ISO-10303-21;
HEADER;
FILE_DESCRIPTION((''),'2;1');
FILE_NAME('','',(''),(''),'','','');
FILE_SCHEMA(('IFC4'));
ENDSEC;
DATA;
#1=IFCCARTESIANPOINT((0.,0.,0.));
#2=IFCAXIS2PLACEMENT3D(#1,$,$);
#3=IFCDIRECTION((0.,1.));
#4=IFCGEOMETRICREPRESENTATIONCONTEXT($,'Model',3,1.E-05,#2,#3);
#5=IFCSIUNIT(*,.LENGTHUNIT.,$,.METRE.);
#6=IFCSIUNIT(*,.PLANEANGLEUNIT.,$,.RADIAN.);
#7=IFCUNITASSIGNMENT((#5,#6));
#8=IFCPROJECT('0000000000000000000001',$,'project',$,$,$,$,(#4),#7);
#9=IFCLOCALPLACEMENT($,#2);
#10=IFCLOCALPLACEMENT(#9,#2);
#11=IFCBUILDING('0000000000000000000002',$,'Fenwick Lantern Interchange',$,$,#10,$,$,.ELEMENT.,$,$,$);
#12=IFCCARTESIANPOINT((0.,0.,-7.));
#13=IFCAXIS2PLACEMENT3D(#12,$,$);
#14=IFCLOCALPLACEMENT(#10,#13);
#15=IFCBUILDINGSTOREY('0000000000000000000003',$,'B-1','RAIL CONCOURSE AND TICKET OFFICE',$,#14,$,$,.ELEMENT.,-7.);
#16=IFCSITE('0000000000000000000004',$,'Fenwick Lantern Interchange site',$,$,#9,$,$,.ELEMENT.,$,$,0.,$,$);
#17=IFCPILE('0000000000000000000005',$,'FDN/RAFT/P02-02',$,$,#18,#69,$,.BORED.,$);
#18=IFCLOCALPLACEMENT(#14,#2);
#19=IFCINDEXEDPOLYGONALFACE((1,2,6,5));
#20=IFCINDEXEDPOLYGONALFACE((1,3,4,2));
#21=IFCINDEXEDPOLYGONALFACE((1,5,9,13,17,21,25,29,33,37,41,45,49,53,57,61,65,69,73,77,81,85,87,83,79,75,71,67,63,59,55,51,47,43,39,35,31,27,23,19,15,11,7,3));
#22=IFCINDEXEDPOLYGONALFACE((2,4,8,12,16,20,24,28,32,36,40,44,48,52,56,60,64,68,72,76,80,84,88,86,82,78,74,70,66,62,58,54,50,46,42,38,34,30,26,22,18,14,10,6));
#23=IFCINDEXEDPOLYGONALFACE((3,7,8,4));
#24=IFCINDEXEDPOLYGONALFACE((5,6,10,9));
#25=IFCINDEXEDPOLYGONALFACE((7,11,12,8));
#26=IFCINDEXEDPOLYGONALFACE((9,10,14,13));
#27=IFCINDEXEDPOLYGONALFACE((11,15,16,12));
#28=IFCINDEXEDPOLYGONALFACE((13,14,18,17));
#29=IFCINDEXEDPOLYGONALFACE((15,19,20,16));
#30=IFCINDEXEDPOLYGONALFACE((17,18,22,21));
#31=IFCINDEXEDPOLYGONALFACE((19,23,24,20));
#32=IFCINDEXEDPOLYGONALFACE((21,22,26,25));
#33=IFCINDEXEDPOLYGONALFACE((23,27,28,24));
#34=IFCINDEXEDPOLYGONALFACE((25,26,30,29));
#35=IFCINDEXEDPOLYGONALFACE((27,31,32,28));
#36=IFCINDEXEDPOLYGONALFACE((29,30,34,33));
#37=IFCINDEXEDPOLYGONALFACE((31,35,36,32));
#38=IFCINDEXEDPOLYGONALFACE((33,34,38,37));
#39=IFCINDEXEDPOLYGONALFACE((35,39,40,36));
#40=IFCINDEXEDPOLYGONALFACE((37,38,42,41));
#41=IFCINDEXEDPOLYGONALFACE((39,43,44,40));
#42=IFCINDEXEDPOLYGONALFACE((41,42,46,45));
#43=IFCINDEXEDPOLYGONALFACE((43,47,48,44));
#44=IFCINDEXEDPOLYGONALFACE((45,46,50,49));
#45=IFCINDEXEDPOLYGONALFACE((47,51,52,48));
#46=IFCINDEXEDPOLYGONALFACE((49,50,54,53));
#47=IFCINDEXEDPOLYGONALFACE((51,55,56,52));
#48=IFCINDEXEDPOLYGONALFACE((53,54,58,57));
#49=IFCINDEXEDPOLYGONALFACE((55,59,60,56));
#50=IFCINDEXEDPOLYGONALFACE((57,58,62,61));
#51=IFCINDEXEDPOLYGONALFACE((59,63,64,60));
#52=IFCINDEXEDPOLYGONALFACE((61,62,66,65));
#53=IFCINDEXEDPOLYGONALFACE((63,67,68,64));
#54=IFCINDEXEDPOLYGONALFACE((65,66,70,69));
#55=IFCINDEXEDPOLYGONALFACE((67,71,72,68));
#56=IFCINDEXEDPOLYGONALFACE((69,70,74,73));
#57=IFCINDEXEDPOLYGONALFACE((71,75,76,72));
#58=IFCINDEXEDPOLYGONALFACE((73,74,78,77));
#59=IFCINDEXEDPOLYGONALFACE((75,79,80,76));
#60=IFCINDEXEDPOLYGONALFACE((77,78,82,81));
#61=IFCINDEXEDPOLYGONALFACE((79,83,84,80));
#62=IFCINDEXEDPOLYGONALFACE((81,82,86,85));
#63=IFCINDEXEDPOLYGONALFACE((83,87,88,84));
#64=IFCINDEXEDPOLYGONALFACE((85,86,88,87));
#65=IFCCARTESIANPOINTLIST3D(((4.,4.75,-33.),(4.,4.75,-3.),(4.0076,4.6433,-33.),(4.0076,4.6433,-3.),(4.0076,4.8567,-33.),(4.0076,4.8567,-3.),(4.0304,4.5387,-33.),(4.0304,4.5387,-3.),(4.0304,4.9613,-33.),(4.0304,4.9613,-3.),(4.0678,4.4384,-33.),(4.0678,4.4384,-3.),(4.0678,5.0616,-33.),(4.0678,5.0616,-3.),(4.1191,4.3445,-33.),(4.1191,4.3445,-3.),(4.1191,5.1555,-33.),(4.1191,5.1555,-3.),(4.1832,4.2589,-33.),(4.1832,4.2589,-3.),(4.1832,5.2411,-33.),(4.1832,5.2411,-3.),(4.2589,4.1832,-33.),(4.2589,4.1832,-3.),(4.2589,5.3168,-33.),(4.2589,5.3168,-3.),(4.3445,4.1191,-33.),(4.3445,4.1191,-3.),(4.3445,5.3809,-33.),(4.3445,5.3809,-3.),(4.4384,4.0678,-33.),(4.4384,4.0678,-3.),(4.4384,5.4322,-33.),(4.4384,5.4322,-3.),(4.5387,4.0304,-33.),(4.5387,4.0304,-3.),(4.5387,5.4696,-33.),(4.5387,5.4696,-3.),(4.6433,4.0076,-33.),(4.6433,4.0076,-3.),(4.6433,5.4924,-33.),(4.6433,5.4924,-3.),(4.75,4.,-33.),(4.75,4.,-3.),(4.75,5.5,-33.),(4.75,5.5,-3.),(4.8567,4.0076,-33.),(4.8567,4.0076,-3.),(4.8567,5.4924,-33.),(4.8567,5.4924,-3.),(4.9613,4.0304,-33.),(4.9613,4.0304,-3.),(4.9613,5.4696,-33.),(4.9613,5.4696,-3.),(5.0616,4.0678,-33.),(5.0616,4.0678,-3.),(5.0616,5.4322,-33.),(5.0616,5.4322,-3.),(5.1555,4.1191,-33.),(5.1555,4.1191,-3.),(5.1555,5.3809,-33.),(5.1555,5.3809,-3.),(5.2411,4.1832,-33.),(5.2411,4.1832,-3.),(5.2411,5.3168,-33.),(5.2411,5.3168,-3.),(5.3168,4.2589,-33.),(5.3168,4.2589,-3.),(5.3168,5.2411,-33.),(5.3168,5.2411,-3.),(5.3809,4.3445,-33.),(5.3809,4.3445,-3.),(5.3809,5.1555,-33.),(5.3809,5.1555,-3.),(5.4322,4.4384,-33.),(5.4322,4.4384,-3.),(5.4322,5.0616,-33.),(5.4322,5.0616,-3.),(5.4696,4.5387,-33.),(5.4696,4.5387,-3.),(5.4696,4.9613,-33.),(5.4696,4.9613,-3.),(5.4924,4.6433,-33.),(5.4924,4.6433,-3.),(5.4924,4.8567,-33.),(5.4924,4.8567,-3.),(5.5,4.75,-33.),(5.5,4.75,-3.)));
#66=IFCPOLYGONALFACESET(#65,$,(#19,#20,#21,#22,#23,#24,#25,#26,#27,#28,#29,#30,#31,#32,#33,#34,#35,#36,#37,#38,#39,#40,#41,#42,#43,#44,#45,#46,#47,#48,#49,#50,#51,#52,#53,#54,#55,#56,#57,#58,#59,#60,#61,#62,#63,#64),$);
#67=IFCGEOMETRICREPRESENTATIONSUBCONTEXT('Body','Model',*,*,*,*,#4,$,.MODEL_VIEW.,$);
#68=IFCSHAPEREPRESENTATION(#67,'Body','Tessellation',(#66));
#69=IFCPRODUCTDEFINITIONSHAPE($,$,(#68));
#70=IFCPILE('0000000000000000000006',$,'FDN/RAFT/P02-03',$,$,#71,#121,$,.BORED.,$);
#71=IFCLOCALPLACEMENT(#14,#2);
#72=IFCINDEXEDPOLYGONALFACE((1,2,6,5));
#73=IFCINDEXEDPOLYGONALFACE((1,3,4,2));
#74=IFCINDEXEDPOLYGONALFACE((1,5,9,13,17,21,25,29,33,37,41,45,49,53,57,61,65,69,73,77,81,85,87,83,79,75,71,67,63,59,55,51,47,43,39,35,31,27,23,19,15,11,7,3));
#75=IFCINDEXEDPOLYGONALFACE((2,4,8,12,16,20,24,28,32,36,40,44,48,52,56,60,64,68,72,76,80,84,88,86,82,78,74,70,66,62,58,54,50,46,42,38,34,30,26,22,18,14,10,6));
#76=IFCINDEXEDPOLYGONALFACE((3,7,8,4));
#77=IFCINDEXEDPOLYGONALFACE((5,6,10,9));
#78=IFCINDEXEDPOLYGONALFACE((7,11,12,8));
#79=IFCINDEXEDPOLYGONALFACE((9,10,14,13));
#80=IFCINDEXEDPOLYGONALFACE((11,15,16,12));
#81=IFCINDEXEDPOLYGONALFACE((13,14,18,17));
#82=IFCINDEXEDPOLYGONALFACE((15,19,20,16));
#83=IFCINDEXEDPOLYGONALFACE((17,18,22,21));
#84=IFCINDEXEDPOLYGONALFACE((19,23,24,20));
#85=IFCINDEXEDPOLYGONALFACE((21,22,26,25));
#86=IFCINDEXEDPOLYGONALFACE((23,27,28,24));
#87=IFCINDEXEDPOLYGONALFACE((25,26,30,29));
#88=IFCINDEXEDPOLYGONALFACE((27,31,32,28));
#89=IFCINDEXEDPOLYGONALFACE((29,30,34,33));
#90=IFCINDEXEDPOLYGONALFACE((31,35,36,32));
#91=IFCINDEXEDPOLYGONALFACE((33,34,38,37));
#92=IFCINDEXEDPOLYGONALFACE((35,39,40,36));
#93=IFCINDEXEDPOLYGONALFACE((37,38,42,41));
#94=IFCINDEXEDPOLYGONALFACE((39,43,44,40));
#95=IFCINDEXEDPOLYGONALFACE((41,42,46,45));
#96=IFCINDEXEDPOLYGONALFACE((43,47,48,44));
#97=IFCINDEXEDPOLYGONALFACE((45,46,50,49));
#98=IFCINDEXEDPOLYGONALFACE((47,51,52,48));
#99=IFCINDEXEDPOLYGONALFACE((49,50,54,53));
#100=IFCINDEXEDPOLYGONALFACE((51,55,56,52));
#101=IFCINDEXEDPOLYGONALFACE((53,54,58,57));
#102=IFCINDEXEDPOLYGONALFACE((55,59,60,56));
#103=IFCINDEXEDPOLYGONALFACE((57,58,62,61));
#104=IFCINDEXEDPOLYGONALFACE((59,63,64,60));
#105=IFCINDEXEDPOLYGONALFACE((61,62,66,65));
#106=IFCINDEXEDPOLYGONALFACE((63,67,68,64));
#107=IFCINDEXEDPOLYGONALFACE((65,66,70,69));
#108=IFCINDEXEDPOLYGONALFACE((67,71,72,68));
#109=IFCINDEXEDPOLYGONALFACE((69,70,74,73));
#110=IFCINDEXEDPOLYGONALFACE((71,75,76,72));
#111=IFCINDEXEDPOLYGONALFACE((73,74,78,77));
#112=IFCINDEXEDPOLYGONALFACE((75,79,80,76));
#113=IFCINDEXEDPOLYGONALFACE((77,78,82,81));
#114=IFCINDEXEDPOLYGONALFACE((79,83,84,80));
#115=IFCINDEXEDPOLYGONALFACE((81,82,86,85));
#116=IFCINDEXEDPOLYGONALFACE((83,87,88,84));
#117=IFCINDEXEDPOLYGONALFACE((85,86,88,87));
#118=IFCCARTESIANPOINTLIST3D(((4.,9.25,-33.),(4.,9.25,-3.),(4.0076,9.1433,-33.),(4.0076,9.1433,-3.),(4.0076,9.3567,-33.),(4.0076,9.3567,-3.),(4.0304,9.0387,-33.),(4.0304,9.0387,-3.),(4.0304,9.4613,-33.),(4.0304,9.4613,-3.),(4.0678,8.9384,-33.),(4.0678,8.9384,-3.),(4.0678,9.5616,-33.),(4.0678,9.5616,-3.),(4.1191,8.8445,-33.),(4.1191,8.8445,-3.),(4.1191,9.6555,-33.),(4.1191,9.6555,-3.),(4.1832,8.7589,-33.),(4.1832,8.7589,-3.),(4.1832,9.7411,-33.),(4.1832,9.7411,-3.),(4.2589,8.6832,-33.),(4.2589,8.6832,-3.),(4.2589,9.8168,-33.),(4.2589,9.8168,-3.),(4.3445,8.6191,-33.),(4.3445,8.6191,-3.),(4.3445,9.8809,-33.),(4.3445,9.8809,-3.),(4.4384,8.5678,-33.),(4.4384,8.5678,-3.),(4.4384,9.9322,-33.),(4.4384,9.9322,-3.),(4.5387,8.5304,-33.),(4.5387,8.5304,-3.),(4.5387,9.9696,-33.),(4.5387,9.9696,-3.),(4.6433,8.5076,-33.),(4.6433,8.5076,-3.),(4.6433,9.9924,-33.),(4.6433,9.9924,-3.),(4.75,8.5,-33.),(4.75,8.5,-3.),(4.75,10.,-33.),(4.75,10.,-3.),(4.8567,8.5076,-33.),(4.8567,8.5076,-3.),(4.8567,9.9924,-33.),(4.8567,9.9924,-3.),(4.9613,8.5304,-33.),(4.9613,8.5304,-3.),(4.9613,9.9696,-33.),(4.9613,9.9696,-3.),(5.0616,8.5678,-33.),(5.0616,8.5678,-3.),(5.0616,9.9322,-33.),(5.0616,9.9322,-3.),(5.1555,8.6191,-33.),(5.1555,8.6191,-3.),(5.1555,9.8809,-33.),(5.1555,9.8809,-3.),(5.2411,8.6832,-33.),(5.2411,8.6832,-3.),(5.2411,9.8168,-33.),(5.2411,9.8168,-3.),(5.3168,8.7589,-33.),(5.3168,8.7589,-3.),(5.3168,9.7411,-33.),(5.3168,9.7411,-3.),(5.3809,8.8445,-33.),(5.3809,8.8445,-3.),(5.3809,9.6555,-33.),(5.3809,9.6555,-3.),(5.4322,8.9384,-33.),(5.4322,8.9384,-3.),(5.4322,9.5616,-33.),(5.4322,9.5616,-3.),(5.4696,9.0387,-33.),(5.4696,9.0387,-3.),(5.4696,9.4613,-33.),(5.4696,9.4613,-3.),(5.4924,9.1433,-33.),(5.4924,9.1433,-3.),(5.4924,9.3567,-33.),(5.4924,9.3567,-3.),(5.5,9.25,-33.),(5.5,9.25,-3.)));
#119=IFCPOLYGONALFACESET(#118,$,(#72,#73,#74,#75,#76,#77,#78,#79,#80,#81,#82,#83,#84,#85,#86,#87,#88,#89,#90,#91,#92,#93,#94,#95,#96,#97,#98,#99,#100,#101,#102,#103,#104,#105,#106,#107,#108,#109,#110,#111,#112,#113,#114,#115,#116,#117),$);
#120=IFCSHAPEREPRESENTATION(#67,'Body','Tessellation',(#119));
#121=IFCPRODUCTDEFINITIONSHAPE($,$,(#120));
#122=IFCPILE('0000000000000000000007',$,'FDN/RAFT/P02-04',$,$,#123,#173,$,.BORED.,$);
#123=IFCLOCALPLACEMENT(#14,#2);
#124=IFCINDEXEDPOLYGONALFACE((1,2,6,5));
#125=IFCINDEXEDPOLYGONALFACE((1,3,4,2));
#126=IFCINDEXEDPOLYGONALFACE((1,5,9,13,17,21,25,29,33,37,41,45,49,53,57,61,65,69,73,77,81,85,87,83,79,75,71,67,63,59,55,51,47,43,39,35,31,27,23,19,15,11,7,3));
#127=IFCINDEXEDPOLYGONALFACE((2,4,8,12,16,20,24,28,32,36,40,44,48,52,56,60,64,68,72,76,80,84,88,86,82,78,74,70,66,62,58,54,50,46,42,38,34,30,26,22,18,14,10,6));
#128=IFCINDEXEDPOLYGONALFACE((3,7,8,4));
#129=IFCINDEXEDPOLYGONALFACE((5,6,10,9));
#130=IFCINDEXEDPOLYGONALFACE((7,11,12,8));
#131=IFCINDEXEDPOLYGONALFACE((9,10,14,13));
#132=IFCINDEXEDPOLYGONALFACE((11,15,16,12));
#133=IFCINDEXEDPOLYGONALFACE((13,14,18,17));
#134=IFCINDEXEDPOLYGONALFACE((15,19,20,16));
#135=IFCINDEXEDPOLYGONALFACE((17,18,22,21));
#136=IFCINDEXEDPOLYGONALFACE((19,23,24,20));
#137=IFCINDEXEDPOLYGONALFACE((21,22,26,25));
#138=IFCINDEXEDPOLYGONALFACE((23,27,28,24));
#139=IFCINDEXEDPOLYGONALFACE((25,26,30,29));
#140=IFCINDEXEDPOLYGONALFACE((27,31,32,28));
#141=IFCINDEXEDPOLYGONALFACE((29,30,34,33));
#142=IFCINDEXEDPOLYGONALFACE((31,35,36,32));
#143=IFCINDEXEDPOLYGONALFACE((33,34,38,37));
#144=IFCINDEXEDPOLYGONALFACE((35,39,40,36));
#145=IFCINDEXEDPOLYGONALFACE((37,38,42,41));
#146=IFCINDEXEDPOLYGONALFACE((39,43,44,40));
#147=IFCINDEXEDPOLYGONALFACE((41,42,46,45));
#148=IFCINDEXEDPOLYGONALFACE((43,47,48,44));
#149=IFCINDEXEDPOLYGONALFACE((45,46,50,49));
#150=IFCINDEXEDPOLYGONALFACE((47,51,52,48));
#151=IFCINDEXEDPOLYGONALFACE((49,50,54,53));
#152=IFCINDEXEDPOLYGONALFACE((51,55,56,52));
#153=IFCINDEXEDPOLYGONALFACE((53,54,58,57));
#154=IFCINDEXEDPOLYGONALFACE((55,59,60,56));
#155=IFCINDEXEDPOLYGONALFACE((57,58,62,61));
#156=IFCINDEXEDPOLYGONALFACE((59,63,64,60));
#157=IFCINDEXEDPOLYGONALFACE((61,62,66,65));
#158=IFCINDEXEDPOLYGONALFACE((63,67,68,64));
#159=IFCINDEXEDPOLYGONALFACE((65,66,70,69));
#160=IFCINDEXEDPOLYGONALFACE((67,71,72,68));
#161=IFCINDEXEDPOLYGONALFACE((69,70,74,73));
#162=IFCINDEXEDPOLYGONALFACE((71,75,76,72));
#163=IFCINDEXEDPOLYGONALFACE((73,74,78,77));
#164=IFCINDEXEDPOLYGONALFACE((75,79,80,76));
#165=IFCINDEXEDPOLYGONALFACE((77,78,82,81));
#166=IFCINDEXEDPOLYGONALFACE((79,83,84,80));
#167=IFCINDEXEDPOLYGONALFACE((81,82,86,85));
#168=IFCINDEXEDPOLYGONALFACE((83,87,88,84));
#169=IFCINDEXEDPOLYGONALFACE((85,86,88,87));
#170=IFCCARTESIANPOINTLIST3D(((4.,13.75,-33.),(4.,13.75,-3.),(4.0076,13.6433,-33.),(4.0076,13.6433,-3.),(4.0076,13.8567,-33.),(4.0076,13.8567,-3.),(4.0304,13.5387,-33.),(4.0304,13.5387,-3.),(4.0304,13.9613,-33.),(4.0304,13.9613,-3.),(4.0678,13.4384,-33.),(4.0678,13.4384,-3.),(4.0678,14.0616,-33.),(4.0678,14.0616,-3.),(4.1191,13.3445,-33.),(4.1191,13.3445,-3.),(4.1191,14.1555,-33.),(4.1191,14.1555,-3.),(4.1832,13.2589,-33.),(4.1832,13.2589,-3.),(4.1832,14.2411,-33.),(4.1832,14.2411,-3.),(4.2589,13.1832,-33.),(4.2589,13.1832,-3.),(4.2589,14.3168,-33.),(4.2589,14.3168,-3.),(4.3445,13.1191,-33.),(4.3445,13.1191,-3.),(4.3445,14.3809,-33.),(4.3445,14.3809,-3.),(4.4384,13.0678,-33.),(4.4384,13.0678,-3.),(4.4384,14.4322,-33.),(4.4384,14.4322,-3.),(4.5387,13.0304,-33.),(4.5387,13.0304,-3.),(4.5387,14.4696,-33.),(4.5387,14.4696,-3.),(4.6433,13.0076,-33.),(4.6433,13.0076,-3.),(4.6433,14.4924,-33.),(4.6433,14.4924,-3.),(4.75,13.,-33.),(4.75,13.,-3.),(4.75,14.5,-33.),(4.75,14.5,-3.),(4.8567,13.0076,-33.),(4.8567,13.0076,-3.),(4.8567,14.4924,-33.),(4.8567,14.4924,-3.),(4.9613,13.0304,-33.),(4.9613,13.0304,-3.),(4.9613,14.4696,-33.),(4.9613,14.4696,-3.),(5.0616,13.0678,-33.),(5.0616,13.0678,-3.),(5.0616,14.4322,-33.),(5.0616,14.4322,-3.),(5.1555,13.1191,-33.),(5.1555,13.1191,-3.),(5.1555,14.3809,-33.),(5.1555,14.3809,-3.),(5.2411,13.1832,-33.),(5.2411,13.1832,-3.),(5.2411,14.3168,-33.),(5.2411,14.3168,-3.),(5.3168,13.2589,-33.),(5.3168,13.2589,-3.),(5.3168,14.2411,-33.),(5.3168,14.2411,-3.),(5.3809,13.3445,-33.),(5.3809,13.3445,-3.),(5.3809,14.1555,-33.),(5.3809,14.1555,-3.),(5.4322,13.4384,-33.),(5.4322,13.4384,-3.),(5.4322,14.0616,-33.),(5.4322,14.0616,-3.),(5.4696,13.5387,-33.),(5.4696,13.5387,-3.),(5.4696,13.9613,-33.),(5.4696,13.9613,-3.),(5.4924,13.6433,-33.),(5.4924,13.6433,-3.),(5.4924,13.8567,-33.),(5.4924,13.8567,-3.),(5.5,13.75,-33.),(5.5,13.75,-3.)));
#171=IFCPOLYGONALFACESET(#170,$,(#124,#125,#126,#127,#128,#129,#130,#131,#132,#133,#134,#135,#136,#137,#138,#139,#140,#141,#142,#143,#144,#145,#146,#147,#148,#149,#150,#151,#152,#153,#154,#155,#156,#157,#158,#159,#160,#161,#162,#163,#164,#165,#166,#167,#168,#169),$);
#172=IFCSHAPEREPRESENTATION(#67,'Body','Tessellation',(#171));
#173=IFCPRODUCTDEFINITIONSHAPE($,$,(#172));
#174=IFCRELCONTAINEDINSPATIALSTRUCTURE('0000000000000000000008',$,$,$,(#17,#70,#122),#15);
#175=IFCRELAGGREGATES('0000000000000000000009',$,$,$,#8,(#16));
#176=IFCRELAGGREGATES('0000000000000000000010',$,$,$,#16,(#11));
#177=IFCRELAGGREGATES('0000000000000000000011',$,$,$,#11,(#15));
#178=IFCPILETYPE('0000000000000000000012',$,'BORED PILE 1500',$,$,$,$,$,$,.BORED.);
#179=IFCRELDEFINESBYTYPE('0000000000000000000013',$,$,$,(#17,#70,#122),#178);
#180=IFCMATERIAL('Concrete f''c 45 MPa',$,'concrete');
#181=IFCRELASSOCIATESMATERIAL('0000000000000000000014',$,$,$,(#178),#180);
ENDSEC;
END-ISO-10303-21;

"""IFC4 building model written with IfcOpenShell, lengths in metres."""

from ifc_helpers import new_model, si_unit, direction, frame, origin, origin_2d, place, context, subcontext, project, spatial, circle, extrude, material, type_object, element, save


model = new_model("IFC4")

# Units and contexts
model_context = context("Model", 3, precision=1e-05, world=origin(), true_north=direction((0.0, 1.0)))
body_context = subcontext(model_context, "Body", "Model", "MODEL_VIEW")
ifc_project = project(units=[si_unit("LENGTHUNIT", "METRE"), si_unit("PLANEANGLEUNIT", "RADIAN")], contexts=[model_context])

# Site, building, storey
site_placement = place(None, origin())
site = spatial("IfcSite", under=ifc_project, at=site_placement, Name="Fenwick Lantern Interchange site", CompositionType="ELEMENT", RefElevation=0.0)
building_placement = place(site_placement, origin())
building = spatial("IfcBuilding", under=site, at=building_placement, Name="Fenwick Lantern Interchange", CompositionType="ELEMENT")
storey_placement = place(building_placement, frame((0.0, 0.0, -7.0)))
storey = spatial("IfcBuildingStorey", under=building, at=storey_placement, Name="B-1", Description="RAIL CONCOURSE AND TICKET OFFICE", CompositionType="ELEMENT", Elevation=-7.0)

# Piles
ifc_material_1 = material(Name="Concrete f'c 45 MPa", Category="concrete")
pile_type = type_object("IfcPileType", Name="BORED PILE 1500", PredefinedType="BORED", material=ifc_material_1)
for number, where, z_axis, x_axis, name in (
    (1, (4.75, 4.75, -3.0), (0.0, 0.0, -1.0), (1.0, 0.0, 0.0), "FDN/RAFT/P02-02"),
    (2, (4.75, 9.25, -3.0), (0.0, 0.0, -1.0), (1.0, 0.0, 0.0), "FDN/RAFT/P02-03"),
    (3, (4.75, 13.75, -3.0), (0.0, 0.0, -1.0), (1.0, 0.0, 0.0), "FDN/RAFT/P02-04"),
):
    element("IfcPile", number, at=place(storey_placement, frame(where, z_axis=z_axis, x_axis=x_axis)), inside=storey, type_object=pile_type, Name=name, PredefinedType="BORED", context=body_context, shape_type="SweptSolid", body=[
        extrude(circle(Radius=0.75, at=origin_2d()), origin(), (0.0, 0.0, 1.0), 30.0),
    ])

save(model, "model.ifc")
